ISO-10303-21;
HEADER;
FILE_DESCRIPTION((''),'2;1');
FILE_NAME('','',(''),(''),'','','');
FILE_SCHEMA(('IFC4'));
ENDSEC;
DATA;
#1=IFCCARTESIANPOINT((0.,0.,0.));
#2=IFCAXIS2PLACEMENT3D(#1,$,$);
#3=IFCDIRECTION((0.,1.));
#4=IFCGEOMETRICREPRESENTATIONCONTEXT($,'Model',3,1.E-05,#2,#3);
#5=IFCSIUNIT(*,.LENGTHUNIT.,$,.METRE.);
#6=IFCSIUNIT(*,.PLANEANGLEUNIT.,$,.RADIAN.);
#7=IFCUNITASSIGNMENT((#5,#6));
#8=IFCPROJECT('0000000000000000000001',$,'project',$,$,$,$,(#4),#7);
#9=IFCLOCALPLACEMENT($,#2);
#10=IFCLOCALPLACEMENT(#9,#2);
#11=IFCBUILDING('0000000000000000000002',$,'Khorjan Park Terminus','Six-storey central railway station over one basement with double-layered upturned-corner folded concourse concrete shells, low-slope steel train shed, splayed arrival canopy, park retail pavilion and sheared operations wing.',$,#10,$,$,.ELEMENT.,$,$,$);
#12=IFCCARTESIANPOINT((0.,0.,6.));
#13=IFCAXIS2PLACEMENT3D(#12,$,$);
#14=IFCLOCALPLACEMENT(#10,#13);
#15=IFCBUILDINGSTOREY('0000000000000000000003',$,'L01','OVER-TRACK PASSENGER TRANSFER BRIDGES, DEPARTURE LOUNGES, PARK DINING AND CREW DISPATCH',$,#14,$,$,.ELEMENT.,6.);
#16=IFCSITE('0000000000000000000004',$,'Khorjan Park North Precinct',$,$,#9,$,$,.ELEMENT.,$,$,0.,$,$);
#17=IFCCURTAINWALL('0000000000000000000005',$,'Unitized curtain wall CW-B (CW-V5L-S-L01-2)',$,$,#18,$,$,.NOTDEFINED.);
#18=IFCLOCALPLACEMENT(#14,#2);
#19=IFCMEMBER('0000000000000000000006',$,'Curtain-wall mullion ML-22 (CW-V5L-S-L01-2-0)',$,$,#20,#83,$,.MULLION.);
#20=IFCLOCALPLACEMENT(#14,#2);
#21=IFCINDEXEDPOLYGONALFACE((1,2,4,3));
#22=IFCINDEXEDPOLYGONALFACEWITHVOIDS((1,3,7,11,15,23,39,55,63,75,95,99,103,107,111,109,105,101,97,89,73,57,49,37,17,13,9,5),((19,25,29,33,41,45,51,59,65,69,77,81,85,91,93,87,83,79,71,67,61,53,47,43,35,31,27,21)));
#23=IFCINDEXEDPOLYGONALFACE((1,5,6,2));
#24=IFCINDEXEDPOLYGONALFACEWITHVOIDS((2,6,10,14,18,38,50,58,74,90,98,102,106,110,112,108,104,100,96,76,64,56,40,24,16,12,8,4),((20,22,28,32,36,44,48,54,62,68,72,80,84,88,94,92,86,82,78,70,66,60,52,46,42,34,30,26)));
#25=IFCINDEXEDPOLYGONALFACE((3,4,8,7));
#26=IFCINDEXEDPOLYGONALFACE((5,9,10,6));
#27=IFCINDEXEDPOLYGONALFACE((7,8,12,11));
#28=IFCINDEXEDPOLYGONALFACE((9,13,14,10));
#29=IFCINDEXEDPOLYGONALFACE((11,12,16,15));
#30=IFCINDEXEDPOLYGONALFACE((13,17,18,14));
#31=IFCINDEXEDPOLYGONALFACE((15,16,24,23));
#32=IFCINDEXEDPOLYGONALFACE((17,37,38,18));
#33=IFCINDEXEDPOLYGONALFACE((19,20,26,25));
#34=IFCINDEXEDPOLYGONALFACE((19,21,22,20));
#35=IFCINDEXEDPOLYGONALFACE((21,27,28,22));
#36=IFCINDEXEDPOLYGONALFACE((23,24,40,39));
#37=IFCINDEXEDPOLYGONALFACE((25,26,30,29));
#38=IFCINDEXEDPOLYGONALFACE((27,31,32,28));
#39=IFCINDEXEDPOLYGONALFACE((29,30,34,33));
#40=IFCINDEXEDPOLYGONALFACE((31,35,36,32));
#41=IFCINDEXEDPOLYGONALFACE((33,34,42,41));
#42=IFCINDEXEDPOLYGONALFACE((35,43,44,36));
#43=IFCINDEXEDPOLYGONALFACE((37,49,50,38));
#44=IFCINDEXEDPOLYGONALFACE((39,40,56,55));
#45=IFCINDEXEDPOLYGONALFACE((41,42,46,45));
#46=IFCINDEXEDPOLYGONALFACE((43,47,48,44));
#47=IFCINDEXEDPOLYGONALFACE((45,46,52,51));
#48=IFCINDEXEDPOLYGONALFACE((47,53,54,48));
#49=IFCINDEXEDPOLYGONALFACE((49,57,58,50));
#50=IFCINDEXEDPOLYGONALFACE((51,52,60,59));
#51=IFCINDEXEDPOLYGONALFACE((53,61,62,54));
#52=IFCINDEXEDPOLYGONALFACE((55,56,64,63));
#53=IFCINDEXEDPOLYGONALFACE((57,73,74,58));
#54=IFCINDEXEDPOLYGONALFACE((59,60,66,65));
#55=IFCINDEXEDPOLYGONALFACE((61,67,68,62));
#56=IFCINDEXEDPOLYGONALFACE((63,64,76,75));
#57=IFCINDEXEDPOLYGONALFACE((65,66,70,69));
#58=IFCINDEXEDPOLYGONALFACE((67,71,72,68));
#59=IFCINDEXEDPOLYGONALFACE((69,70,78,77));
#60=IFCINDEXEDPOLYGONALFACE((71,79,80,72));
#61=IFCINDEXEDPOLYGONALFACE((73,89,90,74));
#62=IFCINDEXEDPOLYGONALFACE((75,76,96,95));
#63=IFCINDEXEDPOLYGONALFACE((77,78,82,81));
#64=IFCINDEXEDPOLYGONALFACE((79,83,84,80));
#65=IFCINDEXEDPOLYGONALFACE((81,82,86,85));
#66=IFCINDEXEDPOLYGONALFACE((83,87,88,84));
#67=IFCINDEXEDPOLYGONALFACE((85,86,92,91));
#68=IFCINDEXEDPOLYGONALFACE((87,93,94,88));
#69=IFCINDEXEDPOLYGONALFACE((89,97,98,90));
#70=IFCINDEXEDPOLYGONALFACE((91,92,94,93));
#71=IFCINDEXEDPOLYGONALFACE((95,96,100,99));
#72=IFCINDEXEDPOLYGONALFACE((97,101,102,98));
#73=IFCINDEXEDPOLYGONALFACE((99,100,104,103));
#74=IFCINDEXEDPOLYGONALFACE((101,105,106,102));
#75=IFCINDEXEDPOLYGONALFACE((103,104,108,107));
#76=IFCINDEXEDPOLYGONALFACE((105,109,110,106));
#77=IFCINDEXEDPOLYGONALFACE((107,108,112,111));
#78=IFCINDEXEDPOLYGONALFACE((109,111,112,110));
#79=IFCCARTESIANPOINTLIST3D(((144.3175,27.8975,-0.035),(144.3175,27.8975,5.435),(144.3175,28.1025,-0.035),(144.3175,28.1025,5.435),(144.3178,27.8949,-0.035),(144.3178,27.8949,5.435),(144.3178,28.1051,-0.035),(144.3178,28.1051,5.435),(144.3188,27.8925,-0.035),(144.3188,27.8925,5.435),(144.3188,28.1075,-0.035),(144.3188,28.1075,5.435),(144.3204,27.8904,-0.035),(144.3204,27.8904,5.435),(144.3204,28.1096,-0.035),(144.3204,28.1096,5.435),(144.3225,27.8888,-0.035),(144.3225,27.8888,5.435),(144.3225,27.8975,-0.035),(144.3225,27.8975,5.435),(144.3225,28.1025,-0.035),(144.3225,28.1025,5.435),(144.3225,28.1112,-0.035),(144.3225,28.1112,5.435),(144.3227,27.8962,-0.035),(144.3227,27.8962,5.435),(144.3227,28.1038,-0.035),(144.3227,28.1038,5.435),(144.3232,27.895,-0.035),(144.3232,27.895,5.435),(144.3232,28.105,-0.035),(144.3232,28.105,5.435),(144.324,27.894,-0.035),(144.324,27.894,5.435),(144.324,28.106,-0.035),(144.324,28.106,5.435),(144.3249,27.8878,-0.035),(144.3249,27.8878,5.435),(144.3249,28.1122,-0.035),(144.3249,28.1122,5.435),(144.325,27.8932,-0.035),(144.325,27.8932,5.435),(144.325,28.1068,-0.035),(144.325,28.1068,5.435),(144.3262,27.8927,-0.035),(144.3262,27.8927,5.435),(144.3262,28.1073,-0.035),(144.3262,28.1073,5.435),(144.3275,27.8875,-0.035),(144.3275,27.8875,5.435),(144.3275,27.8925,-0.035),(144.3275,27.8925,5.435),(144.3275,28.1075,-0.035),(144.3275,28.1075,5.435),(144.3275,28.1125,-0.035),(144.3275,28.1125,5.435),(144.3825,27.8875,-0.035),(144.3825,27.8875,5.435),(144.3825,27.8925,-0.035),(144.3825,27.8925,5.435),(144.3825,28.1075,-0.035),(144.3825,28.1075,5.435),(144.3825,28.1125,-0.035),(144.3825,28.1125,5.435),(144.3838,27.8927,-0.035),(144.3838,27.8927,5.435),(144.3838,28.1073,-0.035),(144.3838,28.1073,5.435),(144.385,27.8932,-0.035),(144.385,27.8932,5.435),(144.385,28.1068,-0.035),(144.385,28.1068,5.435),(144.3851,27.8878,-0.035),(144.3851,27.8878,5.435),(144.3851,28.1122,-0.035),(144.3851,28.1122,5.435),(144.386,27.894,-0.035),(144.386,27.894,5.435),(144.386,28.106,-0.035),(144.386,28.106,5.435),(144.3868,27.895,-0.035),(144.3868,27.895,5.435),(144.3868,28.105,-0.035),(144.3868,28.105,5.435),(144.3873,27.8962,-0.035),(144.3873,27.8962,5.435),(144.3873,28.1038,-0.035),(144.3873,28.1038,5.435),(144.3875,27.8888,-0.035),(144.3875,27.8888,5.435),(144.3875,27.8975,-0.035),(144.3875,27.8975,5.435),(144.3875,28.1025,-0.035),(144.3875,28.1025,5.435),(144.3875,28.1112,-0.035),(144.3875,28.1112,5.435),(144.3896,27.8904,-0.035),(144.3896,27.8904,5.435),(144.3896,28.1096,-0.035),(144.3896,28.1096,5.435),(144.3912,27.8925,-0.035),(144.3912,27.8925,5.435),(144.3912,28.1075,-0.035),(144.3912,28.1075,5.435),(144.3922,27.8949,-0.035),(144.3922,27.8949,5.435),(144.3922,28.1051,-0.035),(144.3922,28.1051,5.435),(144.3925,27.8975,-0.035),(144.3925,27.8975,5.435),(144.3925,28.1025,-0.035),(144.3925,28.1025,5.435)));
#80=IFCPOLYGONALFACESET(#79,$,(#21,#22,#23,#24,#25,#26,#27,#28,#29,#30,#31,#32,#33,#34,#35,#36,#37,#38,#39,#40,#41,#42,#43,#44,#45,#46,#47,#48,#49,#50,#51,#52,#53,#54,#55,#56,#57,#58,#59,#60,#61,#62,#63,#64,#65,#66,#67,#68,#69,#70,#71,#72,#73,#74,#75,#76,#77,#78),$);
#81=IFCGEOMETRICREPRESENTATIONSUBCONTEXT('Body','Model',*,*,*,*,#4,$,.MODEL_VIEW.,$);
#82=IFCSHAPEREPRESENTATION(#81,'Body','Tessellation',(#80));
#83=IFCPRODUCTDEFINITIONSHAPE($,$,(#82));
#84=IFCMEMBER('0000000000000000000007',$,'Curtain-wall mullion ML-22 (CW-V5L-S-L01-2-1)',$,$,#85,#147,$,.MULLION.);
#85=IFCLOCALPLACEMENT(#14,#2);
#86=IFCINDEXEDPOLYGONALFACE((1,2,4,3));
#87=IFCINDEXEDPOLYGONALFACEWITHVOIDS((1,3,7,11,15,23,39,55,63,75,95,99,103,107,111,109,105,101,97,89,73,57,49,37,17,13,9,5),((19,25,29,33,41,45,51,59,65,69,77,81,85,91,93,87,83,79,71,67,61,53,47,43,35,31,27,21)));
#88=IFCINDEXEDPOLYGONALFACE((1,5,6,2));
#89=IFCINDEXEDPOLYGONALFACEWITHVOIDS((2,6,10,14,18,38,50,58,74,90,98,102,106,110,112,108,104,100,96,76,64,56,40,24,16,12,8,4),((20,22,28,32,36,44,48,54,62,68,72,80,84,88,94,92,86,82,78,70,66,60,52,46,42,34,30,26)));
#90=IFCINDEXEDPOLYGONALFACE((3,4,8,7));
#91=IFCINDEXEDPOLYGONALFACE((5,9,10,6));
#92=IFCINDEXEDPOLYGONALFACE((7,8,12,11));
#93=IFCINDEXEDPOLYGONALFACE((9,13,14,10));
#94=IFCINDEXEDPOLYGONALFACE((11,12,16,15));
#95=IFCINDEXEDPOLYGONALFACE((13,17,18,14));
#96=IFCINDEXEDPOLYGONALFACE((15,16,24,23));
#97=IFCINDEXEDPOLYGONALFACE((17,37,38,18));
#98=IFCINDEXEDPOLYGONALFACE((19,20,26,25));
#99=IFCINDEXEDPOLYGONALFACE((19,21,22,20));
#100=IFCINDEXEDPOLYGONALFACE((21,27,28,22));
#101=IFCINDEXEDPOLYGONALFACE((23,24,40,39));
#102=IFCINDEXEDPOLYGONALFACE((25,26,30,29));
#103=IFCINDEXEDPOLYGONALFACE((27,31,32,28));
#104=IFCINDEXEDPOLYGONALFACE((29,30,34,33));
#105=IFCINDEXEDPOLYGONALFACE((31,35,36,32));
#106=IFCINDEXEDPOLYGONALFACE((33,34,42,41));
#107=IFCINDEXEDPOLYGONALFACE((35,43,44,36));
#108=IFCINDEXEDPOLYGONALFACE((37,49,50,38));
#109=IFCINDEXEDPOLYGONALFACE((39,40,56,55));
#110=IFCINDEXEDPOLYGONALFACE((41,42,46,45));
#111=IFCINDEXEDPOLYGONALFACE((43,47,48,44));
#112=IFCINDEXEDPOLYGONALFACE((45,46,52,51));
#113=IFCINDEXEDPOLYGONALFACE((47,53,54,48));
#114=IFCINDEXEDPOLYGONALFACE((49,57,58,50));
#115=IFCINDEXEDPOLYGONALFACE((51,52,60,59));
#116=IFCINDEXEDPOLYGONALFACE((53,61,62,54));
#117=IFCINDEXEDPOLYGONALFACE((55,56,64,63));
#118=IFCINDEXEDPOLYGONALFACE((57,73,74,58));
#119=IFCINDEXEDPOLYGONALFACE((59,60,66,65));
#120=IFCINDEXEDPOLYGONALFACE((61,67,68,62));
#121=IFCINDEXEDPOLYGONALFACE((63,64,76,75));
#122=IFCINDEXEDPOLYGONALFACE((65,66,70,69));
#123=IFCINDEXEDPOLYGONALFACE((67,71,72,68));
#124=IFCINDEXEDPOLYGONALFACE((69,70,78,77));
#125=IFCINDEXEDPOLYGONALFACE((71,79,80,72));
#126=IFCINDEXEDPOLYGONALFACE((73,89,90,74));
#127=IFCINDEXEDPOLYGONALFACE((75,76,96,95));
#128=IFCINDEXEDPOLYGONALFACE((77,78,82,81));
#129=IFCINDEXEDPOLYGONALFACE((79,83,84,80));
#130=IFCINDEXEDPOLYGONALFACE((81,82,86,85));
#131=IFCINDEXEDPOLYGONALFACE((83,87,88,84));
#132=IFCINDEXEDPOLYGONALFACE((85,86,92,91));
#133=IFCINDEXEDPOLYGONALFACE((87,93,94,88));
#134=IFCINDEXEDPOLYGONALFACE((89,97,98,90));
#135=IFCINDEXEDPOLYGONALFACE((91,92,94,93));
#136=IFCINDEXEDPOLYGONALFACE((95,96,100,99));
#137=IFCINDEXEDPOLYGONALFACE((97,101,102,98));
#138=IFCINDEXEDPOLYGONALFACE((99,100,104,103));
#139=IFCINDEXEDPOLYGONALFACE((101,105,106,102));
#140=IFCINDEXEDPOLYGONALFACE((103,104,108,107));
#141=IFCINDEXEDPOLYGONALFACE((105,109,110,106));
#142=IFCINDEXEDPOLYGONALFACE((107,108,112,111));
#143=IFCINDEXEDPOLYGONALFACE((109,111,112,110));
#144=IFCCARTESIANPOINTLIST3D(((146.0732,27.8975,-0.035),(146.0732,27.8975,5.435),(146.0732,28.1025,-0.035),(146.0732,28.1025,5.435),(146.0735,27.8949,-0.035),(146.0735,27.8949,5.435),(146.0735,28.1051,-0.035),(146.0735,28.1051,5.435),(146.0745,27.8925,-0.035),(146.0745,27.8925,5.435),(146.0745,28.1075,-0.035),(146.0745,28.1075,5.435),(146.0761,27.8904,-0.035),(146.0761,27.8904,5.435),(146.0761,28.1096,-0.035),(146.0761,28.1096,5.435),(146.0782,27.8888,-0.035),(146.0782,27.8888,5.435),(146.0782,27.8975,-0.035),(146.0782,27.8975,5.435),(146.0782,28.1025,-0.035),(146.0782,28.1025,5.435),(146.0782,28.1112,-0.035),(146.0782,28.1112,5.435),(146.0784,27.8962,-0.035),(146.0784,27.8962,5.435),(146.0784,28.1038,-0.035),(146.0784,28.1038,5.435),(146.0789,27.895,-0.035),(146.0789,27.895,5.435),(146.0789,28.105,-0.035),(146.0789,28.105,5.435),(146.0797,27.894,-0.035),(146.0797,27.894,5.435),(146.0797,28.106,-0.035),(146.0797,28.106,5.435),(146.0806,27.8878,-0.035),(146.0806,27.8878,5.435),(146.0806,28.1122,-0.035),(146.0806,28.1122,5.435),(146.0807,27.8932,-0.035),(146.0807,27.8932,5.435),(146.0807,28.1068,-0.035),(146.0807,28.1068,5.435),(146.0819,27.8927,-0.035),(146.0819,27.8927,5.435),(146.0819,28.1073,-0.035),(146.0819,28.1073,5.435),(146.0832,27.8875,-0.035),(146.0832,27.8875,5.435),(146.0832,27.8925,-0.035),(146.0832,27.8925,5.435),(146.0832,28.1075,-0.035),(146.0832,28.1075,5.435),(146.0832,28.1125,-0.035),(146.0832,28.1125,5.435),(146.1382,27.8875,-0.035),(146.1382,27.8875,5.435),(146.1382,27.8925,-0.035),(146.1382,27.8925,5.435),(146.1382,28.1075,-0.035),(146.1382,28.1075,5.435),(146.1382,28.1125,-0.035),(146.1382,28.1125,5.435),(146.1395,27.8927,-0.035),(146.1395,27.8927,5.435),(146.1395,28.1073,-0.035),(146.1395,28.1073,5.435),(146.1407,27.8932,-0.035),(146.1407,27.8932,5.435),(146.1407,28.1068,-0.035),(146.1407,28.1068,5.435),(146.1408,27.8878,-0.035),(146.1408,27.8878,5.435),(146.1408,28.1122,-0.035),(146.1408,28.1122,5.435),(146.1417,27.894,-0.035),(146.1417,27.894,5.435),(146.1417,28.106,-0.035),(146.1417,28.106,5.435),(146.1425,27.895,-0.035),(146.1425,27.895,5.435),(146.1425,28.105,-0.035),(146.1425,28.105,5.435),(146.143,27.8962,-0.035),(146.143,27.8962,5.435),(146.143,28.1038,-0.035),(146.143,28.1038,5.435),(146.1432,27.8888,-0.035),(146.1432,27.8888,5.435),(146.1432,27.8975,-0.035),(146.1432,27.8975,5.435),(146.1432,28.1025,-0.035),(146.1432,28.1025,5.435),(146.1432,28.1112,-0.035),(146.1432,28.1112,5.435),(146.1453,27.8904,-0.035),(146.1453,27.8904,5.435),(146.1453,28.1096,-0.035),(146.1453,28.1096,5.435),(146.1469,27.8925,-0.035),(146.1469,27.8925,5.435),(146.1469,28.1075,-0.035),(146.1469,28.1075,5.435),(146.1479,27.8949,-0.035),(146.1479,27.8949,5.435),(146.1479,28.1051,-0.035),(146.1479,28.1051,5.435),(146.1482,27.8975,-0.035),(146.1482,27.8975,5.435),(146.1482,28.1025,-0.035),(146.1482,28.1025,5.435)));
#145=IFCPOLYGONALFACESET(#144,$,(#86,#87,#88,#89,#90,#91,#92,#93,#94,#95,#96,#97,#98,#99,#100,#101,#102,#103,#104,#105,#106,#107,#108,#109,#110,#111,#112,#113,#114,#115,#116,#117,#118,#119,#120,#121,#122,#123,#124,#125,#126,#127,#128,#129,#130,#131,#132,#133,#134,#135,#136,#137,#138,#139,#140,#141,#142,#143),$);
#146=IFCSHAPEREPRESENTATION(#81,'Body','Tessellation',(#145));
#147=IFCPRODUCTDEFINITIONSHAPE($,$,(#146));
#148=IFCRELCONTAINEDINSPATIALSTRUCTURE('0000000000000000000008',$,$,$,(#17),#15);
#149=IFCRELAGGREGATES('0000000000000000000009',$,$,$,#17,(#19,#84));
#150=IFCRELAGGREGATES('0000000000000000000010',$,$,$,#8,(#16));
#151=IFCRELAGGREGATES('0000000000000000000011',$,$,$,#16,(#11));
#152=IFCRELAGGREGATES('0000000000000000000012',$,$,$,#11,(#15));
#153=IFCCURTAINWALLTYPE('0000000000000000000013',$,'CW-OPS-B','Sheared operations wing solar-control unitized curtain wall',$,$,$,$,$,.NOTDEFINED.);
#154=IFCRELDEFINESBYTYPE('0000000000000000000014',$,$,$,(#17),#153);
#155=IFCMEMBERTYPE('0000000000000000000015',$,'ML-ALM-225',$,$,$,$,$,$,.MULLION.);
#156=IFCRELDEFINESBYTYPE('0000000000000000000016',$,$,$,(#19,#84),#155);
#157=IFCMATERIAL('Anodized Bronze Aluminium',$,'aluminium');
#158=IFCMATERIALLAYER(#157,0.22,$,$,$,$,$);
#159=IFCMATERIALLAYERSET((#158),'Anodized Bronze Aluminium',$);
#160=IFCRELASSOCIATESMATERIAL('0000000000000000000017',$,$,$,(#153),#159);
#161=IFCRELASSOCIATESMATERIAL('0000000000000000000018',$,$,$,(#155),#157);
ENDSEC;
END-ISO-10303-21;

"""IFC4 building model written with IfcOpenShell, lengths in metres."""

from ifc_helpers import new_model, si_unit, direction, frame, origin, origin_2d, place, context, subcontext, project, spatial, hollow_rectangle, extrude, material, layer, layer_set, material_profile, profile_set, type_object, element, aggregate, save


model = new_model("IFC4")

# Units and contexts
model_context = context("Model", 3, precision=1e-05, world=origin(), true_north=direction((0.0, 1.0)))
body_context = subcontext(model_context, "Body", "Model", "MODEL_VIEW")
ifc_project = project(units=[si_unit("LENGTHUNIT", "METRE"), si_unit("PLANEANGLEUNIT", "RADIAN")], contexts=[model_context])

# Site, building, storey
site_placement = place(None, origin())
site = spatial("IfcSite", under=ifc_project, at=site_placement, Name="Khorjan Park North Precinct", CompositionType="ELEMENT", RefElevation=0.0)
building_placement = place(site_placement, origin())
building = spatial("IfcBuilding", under=site, at=building_placement, Name="Khorjan Park Terminus", Description="Six-storey central railway station over one basement with double-layered upturned-corner folded concourse concrete shells, low-slope steel train shed, splayed arrival canopy, park retail pavilion and sheared operations wing.", CompositionType="ELEMENT")
storey_placement = place(building_placement, frame((0.0, 0.0, 6.0)))
storey = spatial("IfcBuildingStorey", under=building, at=storey_placement, Name="L01", Description="OVER-TRACK PASSENGER TRANSFER BRIDGES, DEPARTURE LOUNGES, PARK DINING AND CREW DISPATCH", CompositionType="ELEMENT", Elevation=6.0)

# Curtain wall, members
ifc_material_1 = material(Name="Anodized Bronze Aluminium", Category="aluminium")
ifc_layer_1 = layer(ifc_material_1, 0.22)
ifc_layer_set_1 = layer_set([ifc_layer_1], Name="Anodized Bronze Aluminium")
curtain_wall_type = type_object("IfcCurtainWallType", Name="CW-OPS-B", Description="Sheared operations wing solar-control unitized curtain wall", PredefinedType="NOTDEFINED", material=ifc_layer_set_1)
ifc_material_profile_1 = material_profile(ifc_material_1, hollow_rectangle(XDim=0.075, YDim=0.225, WallThickness=0.005, InnerFilletRadius=0.005, OuterFilletRadius=0.01, at=origin_2d()), Name="ALM 75x225x5")
ifc_profile_set_1 = profile_set([ifc_material_profile_1], Name="Anodized Bronze Aluminium")
member_type_1 = type_object("IfcMemberType", Name="ML-ALM-225", PredefinedType="MULLION", material=ifc_profile_set_1)
curtain_wall_1_placement = place(storey_placement, origin())
curtain_wall_1 = element("IfcCurtainWall", 1, at=curtain_wall_1_placement, inside=storey, type_object=curtain_wall_type, Name="Unitized curtain wall CW-B (CW-V5L-S-L01-2)", PredefinedType="NOTDEFINED")
member_1_placement = place(storey_placement, frame((144.355, 28.0, -0.035), z_axis=(0.0, 0.0, 1.0), x_axis=(1.0, 0.0, 0.0)))
member_1 = element("IfcMember", 2, at=member_1_placement, type_object=member_type_1, Name="Curtain-wall mullion ML-22 (CW-V5L-S-L01-2-0)", PredefinedType="MULLION", context=body_context, shape_type="SweptSolid", body=[
    extrude(hollow_rectangle(XDim=0.075, YDim=0.225, WallThickness=0.005, InnerFilletRadius=0.005, OuterFilletRadius=0.01, at=origin_2d()), origin(), (0.0, 0.0, 1.0), 5.47),
])
member_2_placement = place(storey_placement, frame((146.1107, 28.0, -0.035), z_axis=(0.0, 0.0, 1.0), x_axis=(1.0, 0.0, 0.0)))
member_2 = element("IfcMember", 3, at=member_2_placement, type_object=member_type_1, Name="Curtain-wall mullion ML-22 (CW-V5L-S-L01-2-1)", PredefinedType="MULLION", context=body_context, shape_type="SweptSolid", body=[
    extrude(hollow_rectangle(XDim=0.075, YDim=0.225, WallThickness=0.005, InnerFilletRadius=0.005, OuterFilletRadius=0.01, at=origin_2d()), origin(), (0.0, 0.0, 1.0), 5.47),
])

aggregate(curtain_wall_1, [member_1, member_2])

save(model, "model.ifc")
